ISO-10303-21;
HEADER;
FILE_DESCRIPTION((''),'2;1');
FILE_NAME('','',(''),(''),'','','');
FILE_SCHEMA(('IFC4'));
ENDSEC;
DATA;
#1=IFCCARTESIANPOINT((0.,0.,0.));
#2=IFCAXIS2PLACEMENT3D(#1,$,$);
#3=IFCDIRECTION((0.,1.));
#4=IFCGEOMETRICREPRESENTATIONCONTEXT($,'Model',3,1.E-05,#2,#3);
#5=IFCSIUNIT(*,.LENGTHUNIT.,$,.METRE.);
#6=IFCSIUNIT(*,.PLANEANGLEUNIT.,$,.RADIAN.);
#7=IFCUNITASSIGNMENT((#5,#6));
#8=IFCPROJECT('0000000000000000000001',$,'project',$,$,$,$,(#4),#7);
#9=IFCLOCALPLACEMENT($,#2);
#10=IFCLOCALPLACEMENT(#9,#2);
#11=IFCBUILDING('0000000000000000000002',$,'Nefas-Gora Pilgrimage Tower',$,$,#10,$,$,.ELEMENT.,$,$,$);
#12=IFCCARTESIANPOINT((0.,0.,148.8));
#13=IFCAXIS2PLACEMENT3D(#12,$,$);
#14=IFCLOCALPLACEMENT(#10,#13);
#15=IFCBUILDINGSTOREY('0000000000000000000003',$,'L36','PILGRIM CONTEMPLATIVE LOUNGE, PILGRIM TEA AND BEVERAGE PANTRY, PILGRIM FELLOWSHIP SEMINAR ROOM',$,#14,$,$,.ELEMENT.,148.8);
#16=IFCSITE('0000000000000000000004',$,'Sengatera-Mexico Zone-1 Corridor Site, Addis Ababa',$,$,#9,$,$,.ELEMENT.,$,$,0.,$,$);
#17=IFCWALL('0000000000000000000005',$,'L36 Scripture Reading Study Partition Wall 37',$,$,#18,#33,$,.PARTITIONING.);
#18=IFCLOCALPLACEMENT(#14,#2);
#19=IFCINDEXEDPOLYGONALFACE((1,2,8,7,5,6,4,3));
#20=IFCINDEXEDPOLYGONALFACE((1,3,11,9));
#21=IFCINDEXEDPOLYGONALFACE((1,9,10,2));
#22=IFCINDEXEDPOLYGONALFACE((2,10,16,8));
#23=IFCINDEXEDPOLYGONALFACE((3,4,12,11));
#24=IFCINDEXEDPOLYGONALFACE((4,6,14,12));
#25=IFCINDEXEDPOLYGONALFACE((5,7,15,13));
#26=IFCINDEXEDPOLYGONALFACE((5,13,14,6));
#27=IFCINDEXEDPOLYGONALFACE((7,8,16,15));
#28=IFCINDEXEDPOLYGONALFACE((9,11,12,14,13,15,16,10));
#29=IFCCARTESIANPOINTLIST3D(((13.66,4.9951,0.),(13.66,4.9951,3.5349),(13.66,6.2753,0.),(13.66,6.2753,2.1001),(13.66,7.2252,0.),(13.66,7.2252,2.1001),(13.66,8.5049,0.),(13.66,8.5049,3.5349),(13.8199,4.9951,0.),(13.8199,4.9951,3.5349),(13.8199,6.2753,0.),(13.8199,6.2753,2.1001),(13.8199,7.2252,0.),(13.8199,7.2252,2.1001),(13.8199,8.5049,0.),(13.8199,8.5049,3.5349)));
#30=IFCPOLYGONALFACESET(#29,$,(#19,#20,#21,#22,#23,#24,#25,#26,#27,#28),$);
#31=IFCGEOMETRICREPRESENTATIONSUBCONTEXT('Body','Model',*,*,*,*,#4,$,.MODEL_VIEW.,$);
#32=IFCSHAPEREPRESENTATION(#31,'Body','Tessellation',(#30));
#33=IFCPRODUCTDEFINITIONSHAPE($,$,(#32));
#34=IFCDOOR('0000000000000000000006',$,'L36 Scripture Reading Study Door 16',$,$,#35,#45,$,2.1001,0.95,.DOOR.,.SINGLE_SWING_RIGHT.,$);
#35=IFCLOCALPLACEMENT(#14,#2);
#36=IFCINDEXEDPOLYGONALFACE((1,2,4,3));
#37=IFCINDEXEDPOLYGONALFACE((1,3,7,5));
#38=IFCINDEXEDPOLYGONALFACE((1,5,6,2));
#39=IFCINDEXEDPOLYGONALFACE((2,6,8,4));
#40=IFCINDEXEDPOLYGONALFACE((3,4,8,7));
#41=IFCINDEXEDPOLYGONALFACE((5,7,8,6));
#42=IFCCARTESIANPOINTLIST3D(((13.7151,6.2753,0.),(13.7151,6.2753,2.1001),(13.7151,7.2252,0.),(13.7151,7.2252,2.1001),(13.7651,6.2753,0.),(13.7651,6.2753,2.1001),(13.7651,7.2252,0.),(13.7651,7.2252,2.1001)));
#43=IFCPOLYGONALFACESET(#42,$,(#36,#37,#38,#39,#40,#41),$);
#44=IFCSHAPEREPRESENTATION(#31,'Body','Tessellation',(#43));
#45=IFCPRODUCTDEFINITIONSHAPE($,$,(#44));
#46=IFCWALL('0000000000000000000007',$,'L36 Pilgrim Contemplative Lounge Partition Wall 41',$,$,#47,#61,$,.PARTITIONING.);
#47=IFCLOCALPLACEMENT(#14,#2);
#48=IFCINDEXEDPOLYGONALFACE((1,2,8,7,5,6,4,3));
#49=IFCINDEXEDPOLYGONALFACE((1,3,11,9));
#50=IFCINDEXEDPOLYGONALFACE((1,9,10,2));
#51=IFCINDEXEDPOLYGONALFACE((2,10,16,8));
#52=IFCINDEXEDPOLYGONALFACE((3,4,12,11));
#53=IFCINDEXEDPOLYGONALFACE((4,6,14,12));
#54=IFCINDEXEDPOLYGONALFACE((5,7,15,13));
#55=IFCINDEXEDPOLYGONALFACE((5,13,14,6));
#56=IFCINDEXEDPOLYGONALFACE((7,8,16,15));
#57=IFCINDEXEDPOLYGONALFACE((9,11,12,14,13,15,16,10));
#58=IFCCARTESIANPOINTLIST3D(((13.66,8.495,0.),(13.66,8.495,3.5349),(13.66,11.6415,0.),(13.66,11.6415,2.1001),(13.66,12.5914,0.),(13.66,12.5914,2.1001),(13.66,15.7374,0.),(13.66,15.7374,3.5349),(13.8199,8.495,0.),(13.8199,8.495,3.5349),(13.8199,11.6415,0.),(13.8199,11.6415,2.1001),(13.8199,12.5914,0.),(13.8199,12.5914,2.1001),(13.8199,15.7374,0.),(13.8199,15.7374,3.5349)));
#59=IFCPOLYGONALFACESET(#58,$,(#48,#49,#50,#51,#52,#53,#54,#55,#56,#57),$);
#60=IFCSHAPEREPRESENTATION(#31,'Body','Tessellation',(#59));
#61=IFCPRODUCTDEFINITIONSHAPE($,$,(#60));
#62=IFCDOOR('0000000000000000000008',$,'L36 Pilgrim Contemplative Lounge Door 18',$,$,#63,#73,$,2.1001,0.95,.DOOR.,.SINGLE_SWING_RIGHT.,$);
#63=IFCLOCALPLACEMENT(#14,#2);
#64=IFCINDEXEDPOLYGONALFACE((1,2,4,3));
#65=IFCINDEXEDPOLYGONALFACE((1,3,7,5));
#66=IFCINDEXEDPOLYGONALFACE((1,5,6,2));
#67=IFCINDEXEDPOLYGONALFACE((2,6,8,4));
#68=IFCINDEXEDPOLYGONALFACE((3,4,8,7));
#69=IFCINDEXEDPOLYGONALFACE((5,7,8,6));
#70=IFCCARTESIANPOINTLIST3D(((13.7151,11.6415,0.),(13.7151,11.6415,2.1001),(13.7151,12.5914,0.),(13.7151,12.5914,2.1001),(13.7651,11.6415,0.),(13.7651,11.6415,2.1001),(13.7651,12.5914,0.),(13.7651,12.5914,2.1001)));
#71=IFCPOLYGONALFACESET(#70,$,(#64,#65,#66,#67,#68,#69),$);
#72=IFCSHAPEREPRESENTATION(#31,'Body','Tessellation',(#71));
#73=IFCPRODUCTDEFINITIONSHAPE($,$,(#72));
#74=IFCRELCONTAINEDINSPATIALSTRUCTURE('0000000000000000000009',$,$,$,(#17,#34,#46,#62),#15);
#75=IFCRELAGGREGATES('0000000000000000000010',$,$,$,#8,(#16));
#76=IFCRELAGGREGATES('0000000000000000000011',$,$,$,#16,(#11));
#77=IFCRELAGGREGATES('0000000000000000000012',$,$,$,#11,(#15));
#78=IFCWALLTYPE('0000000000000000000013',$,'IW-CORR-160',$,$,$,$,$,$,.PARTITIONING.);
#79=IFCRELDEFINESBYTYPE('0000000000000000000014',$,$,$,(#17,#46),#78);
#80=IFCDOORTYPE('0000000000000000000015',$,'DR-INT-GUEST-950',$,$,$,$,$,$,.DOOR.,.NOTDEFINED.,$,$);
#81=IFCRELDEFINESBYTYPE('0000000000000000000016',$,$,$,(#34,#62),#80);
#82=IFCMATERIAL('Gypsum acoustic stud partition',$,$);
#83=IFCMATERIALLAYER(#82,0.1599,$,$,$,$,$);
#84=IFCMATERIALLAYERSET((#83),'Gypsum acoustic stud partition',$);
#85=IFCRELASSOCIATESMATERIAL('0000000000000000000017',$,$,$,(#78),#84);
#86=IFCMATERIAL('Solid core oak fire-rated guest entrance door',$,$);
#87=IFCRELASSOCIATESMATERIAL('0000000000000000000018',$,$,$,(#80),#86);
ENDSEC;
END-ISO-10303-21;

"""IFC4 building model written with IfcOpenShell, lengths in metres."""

from ifc_helpers import new_model, si_unit, direction, frame, frame_2d, origin, place, context, subcontext, project, spatial, rectangle, extrude, source, transform, mapped, material, layer, layer_set, type_object, element, fill, save


model = new_model("IFC4")

# Units and contexts
model_context = context("Model", 3, precision=1e-05, world=origin(), true_north=direction((0.0, 1.0)))
body_context = subcontext(model_context, "Body", "Model", "MODEL_VIEW")
ifc_project = project(units=[si_unit("LENGTHUNIT", "METRE"), si_unit("PLANEANGLEUNIT", "RADIAN")], contexts=[model_context])

# Site, building, storey
site_placement = place(None, origin())
site = spatial("IfcSite", under=ifc_project, at=site_placement, Name="Sengatera-Mexico Zone-1 Corridor Site, Addis Ababa", CompositionType="ELEMENT", RefElevation=0.0)
building_placement = place(site_placement, origin())
building = spatial("IfcBuilding", under=site, at=building_placement, Name="Nefas-Gora Pilgrimage Tower", CompositionType="ELEMENT")
storey_placement = place(building_placement, frame((0.0, 0.0, 148.8)))
storey = spatial("IfcBuildingStorey", under=building, at=storey_placement, Name="L36", Description="PILGRIM CONTEMPLATIVE LOUNGE, PILGRIM TEA AND BEVERAGE PANTRY, PILGRIM FELLOWSHIP SEMINAR ROOM", CompositionType="ELEMENT", Elevation=148.8)

# Walls, openings, doors
ifc_material_1 = material(Name="Gypsum acoustic stud partition")
ifc_layer_1 = layer(ifc_material_1, 0.1599)
ifc_layer_set_1 = layer_set([ifc_layer_1], Name="Gypsum acoustic stud partition")
wall_type_1 = type_object("IfcWallType", Name="IW-CORR-160", PredefinedType="PARTITIONING", material=ifc_layer_set_1)
shared_shape_1 = source(origin(), body_context, "Body", "SweptSolid", [
    extrude(rectangle(XDim=3.5098, YDim=0.1599, at=frame_2d((1.7549, 0.0))), origin(), (0.0, 0.0, 1.0), 3.5349),
])
wall_1_placement = place(storey_placement, frame((13.74, 4.9951, 0.0), z_axis=(0.0, 0.0, 1.0), x_axis=(0.0, 1.0, 0.0)))
wall_1 = element("IfcWall", 1, at=wall_1_placement, inside=storey, type_object=wall_type_1, Name="L36 Scripture Reading Study Partition Wall 37", PredefinedType="PARTITIONING", context=body_context, shape_type="MappedRepresentation", body=[
    mapped(shared_shape_1, transform((0.0, 0.0, 0.0), x_axis=(1.0, 0.0, 0.0), y_axis=(0.0, 1.0, 0.0), z_axis=(0.0, 0.0, 1.0), scale=1.0)),
])
opening_1_placement = place(wall_1_placement, frame((1.28, 0.0, 0.0)))
opening_1 = element("IfcOpeningElement", 2, at=opening_1_placement, cuts=wall_1, PredefinedType="OPENING", context=body_context, shape_type="SweptSolid", body=[
    extrude(rectangle(XDim=0.95, YDim=2.1001, at=frame_2d((0.4751, 1.05))), frame((0.0, 0.0898, 0.0), z_axis=(0.0, -1.0, 0.0), x_axis=(1.0, 0.0, 0.0)), (0.0, 0.0, 1.0), 0.1799),
])
ifc_material_2 = material(Name="Solid core oak fire-rated guest entrance door")
door_type = type_object("IfcDoorType", Name="DR-INT-GUEST-950", OperationType="NOTDEFINED", PredefinedType="DOOR", material=ifc_material_2)
shared_shape_2 = source(origin(), body_context, "Body", "SweptSolid", [
    extrude(rectangle(XDim=0.95, YDim=2.1001, at=frame_2d((0.4751, 1.05))), frame((0.0, 0.0249, 0.0), z_axis=(0.0, -1.0, 0.0), x_axis=(1.0, 0.0, 0.0)), (0.0, 0.0, 1.0), 0.05),
])
door_1_placement = place(opening_1_placement, origin())
door_1 = element("IfcDoor", 3, at=door_1_placement, inside=storey, type_object=door_type, Name="L36 Scripture Reading Study Door 16", OperationType="SINGLE_SWING_RIGHT", OverallHeight=2.1001, OverallWidth=0.95, PredefinedType="DOOR", context=body_context, shape_type="MappedRepresentation", body=[
    mapped(shared_shape_2, transform((0.0, 0.0, 0.0), x_axis=(1.0, 0.0, 0.0), y_axis=(0.0, 1.0, 0.0), z_axis=(0.0, 0.0, 1.0), scale=1.0)),
])
fill(opening_1, door_1)
shared_shape_3 = source(origin(), body_context, "Body", "SweptSolid", [
    extrude(rectangle(XDim=7.2424, YDim=0.1599, at=frame_2d((3.6211, 0.0))), origin(), (0.0, 0.0, 1.0), 3.5349),
])
wall_2_placement = place(storey_placement, frame((13.74, 8.4951, 0.0), z_axis=(0.0, 0.0, 1.0), x_axis=(0.0, 1.0, 0.0)))
wall_2 = element("IfcWall", 4, at=wall_2_placement, inside=storey, type_object=wall_type_1, Name="L36 Pilgrim Contemplative Lounge Partition Wall 41", PredefinedType="PARTITIONING", context=body_context, shape_type="MappedRepresentation", body=[
    mapped(shared_shape_3, transform((0.0, 0.0, 0.0), x_axis=(1.0, 0.0, 0.0), y_axis=(0.0, 1.0, 0.0), z_axis=(0.0, 0.0, 1.0), scale=1.0)),
])
opening_2_placement = place(wall_2_placement, frame((3.1462, 0.0, 0.0)))
opening_2 = element("IfcOpeningElement", 5, at=opening_2_placement, cuts=wall_2, PredefinedType="OPENING", context=body_context, shape_type="SweptSolid", body=[
    extrude(rectangle(XDim=0.95, YDim=2.1001, at=frame_2d((0.4751, 1.05))), frame((0.0, 0.0898, 0.0), z_axis=(0.0, -1.0, 0.0), x_axis=(1.0, 0.0, 0.0)), (0.0, 0.0, 1.0), 0.1799),
])
door_2_placement = place(opening_2_placement, origin())
door_2 = element("IfcDoor", 6, at=door_2_placement, inside=storey, type_object=door_type, Name="L36 Pilgrim Contemplative Lounge Door 18", OperationType="SINGLE_SWING_RIGHT", OverallHeight=2.1001, OverallWidth=0.95, PredefinedType="DOOR", context=body_context, shape_type="MappedRepresentation", body=[
    mapped(shared_shape_2, transform((0.0, 0.0, 0.0), x_axis=(1.0, 0.0, 0.0), y_axis=(0.0, 1.0, 0.0), z_axis=(0.0, 0.0, 1.0), scale=1.0)),
])
fill(opening_2, door_2)

save(model, "model.ifc")
